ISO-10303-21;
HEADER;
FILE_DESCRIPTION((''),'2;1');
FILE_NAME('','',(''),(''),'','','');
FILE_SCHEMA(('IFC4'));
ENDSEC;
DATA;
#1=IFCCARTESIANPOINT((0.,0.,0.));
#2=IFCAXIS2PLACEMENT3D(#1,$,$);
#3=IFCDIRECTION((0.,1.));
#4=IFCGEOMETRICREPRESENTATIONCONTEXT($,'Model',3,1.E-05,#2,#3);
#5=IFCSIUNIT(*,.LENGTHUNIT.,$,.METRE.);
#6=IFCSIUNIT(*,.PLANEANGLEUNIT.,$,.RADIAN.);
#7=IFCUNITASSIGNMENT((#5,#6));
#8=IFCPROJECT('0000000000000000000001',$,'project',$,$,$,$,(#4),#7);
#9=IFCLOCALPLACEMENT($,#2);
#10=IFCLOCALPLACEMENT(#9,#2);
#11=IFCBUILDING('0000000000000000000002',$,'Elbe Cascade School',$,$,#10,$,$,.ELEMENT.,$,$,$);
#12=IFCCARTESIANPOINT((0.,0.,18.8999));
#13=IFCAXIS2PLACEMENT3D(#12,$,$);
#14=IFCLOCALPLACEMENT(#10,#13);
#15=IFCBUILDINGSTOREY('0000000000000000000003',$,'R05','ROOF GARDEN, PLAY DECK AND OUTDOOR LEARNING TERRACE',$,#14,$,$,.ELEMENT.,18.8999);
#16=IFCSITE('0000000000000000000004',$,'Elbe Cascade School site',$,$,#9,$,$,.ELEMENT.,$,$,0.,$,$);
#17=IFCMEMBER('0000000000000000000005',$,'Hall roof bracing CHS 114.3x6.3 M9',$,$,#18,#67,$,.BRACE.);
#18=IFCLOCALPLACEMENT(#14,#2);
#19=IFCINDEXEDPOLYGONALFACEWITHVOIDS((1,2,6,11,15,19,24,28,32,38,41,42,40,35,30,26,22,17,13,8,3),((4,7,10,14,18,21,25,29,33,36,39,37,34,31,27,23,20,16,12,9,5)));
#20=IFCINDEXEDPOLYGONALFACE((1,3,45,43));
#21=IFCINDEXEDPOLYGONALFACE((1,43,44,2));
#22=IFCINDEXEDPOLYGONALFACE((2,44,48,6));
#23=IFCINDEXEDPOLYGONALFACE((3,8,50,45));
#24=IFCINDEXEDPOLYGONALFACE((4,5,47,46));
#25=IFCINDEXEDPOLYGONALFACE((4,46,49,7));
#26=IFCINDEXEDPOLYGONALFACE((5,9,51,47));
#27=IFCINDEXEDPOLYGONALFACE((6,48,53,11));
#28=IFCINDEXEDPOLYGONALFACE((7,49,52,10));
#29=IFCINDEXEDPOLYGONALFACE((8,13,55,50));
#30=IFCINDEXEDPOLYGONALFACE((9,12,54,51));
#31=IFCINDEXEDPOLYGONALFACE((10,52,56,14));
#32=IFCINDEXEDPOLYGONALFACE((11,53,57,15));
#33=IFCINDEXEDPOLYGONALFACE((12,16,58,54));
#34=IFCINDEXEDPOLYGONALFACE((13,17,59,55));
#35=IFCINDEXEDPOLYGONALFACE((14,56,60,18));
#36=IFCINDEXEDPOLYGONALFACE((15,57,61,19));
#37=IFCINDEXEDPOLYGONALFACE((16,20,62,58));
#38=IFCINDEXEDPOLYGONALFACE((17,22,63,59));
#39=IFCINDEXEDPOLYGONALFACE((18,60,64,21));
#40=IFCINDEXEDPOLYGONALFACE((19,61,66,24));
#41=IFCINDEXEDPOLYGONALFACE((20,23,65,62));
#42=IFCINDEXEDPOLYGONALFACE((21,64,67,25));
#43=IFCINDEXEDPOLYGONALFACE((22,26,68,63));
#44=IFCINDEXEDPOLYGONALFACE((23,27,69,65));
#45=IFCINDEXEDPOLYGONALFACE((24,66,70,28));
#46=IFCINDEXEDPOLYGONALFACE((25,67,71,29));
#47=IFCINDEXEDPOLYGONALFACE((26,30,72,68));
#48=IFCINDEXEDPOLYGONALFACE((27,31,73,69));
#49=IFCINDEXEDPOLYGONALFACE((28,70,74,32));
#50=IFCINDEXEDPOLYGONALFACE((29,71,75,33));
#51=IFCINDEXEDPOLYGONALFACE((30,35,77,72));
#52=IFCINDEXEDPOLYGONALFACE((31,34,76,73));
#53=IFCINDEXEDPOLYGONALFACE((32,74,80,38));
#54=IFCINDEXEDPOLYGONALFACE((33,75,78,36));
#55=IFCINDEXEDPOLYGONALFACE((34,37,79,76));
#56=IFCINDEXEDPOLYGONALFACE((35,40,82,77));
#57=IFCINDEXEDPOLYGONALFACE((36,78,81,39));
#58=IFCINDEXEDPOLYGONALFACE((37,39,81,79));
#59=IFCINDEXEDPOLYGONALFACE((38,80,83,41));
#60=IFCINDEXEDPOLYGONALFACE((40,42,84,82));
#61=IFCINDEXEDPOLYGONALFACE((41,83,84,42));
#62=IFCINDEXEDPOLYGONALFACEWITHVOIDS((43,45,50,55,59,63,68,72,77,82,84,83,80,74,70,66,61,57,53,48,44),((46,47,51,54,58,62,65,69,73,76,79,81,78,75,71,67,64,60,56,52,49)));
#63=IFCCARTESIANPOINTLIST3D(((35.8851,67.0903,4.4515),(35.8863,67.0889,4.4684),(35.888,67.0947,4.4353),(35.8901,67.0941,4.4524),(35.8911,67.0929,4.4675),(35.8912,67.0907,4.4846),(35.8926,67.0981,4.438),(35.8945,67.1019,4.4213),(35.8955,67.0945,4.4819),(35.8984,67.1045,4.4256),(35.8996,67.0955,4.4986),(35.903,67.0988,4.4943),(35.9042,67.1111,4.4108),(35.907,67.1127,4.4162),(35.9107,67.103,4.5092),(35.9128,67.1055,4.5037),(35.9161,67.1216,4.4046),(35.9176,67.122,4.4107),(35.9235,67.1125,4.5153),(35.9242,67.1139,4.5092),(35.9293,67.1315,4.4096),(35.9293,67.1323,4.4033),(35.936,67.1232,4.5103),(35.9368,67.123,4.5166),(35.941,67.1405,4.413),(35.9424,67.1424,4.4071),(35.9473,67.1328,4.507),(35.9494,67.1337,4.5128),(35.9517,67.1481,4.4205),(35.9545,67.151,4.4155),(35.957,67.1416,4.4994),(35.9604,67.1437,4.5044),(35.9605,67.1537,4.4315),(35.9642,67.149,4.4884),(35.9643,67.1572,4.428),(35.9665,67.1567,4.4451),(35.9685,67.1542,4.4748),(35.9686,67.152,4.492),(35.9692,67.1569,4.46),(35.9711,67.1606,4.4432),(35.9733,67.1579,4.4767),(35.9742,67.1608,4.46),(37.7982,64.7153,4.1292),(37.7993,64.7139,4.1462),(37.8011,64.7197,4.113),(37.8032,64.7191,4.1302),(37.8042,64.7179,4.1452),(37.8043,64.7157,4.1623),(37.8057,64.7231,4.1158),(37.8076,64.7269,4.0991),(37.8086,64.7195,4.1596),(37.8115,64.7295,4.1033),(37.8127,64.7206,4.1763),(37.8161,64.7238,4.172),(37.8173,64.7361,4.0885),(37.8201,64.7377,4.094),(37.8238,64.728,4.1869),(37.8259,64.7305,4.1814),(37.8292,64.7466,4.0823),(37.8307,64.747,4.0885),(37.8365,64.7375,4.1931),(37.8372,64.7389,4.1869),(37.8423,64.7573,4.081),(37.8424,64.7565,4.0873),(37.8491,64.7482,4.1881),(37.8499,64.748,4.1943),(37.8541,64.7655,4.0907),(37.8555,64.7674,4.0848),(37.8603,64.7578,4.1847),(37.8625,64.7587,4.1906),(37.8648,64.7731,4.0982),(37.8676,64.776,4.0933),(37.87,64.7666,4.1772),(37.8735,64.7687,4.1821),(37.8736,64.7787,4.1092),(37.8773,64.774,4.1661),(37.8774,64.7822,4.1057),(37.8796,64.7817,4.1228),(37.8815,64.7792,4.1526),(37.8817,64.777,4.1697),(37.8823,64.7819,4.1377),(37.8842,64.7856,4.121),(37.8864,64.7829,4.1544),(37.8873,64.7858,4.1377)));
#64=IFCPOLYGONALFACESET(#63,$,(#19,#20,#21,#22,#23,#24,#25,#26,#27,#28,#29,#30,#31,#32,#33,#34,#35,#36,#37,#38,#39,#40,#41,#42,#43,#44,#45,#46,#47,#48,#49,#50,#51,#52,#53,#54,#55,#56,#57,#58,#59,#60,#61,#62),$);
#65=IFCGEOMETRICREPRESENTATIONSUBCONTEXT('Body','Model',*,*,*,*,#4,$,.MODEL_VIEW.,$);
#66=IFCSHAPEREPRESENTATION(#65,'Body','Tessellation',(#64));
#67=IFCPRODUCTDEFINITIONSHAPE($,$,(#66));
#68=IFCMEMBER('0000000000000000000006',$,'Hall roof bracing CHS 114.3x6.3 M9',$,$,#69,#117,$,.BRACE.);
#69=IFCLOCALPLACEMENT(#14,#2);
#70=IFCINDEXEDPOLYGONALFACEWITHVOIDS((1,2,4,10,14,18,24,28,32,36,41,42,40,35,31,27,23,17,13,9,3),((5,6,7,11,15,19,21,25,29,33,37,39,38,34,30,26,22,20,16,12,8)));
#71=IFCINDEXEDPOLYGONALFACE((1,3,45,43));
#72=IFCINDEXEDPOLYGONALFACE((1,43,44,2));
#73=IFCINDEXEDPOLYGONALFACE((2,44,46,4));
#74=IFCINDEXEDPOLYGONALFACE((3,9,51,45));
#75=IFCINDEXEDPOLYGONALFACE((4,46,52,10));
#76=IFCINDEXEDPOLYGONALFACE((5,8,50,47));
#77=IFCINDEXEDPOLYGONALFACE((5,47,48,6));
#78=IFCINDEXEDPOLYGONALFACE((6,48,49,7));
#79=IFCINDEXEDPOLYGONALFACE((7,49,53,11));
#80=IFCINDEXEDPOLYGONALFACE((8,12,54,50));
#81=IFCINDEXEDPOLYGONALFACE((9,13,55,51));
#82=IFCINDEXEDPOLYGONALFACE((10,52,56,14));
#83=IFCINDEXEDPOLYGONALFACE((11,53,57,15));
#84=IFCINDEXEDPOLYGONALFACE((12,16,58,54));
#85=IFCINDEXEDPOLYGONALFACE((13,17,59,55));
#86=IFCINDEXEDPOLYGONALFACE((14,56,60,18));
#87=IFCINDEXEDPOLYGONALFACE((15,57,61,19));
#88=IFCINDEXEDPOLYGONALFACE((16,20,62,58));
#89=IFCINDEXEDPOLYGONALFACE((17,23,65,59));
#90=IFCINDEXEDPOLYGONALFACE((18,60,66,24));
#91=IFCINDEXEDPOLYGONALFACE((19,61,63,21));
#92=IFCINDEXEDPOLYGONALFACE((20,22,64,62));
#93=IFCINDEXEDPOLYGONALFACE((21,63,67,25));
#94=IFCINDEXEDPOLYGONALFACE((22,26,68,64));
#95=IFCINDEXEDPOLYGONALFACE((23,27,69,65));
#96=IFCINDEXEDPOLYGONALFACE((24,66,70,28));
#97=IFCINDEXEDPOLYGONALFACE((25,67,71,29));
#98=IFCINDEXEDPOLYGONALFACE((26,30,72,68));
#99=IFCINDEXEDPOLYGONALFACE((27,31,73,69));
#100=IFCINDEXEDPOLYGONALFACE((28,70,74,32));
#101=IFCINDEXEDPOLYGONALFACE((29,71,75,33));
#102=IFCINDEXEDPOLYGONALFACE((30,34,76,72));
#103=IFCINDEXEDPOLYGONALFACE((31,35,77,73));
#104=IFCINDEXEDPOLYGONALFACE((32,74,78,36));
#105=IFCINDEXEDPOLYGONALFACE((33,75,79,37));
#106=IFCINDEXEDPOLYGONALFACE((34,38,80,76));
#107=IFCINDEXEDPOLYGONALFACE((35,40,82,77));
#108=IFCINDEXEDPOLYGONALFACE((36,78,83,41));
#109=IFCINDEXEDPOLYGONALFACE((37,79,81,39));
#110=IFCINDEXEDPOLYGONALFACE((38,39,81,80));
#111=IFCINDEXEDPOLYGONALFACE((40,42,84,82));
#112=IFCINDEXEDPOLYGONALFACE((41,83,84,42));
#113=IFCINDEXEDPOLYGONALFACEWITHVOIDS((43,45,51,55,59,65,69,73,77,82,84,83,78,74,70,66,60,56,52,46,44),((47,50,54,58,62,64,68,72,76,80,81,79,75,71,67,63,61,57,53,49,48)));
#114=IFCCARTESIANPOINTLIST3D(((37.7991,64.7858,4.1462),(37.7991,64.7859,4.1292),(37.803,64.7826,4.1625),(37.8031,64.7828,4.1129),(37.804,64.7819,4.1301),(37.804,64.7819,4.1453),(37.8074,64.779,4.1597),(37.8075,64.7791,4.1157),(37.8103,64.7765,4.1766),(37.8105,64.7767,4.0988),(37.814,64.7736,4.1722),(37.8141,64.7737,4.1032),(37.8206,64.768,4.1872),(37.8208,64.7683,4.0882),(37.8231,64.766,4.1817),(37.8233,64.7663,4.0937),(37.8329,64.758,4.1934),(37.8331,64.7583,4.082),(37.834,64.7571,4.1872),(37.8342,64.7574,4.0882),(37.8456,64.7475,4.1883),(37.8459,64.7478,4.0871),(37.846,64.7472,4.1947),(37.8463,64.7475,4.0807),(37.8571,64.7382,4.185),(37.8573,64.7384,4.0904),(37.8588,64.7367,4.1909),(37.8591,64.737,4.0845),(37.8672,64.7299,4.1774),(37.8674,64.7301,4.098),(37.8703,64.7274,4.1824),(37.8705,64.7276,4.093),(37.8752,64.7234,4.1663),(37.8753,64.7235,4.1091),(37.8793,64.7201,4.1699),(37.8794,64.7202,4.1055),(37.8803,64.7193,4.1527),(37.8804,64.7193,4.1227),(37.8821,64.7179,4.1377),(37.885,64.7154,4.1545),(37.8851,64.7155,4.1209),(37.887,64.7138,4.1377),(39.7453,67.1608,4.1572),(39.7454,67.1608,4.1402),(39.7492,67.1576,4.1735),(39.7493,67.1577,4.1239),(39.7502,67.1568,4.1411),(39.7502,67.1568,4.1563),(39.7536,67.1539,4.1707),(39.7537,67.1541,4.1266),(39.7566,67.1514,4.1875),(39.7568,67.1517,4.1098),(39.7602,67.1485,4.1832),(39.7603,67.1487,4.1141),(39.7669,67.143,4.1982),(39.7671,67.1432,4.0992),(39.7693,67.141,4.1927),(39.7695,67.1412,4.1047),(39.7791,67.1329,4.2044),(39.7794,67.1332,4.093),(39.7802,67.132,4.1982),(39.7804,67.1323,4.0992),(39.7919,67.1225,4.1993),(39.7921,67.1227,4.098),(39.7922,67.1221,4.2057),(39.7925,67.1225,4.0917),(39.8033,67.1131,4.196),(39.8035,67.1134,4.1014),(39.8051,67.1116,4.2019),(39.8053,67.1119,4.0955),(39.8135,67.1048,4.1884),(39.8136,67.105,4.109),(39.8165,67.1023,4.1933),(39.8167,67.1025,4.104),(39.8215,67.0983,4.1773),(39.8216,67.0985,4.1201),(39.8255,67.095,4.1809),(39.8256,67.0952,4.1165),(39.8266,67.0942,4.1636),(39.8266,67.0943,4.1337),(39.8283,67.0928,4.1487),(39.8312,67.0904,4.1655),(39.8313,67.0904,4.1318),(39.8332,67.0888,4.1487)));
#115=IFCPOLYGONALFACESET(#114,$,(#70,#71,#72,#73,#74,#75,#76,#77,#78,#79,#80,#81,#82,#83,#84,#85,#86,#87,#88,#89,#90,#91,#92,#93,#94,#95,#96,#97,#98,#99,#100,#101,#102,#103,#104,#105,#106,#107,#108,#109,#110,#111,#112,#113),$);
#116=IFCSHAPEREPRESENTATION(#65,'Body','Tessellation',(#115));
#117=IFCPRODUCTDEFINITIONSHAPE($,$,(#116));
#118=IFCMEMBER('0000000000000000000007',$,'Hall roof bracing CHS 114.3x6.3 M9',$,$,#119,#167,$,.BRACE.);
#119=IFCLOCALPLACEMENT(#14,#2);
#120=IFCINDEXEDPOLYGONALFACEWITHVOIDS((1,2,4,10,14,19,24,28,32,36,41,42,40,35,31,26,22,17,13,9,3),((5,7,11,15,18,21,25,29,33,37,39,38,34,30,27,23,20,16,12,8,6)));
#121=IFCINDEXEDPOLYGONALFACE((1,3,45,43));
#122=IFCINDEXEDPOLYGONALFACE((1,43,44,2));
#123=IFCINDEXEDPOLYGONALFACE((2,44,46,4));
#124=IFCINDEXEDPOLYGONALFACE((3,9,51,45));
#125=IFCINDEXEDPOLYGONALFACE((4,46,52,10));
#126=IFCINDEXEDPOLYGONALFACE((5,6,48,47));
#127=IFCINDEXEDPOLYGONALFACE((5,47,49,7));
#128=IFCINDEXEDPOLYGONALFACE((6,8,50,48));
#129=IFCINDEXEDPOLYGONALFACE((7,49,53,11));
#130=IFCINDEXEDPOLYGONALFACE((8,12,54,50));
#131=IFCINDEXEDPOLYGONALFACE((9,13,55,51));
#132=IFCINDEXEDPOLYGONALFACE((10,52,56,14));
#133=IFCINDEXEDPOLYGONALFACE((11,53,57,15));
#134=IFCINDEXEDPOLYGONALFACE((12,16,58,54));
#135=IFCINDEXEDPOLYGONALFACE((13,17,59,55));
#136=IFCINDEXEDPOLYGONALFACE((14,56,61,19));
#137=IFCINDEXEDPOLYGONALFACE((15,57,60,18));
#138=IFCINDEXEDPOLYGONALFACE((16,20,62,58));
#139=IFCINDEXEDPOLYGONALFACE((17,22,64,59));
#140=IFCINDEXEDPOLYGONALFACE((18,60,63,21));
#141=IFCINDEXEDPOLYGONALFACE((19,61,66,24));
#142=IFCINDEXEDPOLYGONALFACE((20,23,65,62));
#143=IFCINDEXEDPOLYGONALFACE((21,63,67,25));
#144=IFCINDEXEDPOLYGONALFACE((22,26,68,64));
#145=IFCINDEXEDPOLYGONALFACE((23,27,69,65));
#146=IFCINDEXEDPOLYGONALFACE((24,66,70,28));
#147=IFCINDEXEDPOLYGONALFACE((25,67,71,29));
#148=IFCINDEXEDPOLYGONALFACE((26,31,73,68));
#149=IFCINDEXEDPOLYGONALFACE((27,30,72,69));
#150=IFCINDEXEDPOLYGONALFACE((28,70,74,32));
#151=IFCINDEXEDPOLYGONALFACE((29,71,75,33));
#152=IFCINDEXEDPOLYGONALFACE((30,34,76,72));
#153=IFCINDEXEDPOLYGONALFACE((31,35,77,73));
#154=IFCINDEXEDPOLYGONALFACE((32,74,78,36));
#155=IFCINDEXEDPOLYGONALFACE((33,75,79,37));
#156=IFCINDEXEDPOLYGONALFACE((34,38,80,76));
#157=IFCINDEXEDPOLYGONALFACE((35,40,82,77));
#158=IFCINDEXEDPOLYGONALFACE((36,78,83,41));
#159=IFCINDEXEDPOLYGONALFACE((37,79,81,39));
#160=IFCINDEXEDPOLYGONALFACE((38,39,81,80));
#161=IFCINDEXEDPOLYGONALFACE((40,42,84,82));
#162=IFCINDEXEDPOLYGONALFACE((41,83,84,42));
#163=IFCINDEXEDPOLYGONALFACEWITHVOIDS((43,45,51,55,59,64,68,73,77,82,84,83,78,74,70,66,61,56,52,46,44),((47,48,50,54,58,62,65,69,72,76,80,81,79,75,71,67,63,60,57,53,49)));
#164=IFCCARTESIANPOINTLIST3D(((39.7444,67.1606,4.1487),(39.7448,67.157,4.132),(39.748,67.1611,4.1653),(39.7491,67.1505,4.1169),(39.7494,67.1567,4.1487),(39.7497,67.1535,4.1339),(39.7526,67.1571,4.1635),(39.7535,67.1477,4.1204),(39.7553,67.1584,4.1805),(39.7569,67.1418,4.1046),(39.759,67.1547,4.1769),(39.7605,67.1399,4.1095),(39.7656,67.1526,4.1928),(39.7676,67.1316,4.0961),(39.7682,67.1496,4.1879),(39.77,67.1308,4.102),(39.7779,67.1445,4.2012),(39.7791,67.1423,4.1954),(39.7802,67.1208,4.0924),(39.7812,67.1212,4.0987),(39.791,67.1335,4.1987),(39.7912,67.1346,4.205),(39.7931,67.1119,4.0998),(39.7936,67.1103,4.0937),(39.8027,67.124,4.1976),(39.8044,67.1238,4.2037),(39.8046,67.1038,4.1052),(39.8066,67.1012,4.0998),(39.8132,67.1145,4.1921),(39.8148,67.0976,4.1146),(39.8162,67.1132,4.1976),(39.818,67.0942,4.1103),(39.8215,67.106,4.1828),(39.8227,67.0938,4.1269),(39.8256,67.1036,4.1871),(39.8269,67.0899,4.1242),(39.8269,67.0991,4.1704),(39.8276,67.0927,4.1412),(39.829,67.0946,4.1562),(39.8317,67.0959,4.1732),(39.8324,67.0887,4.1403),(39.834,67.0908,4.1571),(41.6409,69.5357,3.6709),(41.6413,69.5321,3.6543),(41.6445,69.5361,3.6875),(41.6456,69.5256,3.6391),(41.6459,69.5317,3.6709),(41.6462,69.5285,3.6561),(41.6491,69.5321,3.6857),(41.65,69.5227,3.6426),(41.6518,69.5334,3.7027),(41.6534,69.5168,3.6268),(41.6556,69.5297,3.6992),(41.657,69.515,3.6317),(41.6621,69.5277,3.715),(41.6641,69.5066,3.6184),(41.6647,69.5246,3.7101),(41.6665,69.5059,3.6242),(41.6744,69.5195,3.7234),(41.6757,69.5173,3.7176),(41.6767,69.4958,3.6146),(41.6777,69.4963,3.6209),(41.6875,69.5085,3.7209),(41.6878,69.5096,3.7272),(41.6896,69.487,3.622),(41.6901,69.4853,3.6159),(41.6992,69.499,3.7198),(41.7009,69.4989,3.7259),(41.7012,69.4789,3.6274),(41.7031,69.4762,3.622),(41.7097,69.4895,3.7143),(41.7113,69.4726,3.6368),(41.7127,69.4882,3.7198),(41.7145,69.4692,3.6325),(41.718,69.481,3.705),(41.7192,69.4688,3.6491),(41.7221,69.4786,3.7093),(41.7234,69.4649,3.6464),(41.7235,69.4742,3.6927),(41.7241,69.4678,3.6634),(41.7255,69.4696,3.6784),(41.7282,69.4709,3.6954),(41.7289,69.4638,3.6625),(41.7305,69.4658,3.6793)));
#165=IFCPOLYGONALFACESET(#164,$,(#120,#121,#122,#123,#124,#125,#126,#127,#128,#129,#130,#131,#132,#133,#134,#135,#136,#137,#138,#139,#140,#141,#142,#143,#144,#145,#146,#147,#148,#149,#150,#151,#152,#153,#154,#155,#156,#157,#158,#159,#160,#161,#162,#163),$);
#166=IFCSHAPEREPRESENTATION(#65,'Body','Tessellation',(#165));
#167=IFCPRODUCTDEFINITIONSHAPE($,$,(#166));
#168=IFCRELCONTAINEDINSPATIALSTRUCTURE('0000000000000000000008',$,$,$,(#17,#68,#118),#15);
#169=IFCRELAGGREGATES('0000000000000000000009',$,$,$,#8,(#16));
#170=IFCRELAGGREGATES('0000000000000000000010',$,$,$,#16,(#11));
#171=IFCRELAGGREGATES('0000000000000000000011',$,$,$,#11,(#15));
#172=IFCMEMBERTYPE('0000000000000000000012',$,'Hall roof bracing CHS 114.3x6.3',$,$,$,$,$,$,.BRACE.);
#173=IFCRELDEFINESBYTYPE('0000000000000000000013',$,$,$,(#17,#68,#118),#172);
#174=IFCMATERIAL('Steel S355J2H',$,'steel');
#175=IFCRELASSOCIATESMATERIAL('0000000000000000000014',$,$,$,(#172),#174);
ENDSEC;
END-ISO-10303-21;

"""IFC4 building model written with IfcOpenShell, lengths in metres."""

from ifc_helpers import new_model, si_unit, direction, frame, origin, origin_2d, place, context, subcontext, project, spatial, hollow_circle, extrude, material, material_profile, profile_set, type_object, element, save


model = new_model("IFC4")

# Units and contexts
model_context = context("Model", 3, precision=1e-05, world=origin(), true_north=direction((0.0, 1.0)))
body_context = subcontext(model_context, "Body", "Model", "MODEL_VIEW")
ifc_project = project(units=[si_unit("LENGTHUNIT", "METRE"), si_unit("PLANEANGLEUNIT", "RADIAN")], contexts=[model_context])

# Site, building, storey
site_placement = place(None, origin())
site = spatial("IfcSite", under=ifc_project, at=site_placement, Name="Elbe Cascade School site", CompositionType="ELEMENT", RefElevation=0.0)
building_placement = place(site_placement, origin())
building = spatial("IfcBuilding", under=site, at=building_placement, Name="Elbe Cascade School", CompositionType="ELEMENT")
storey_placement = place(building_placement, frame((0.0, 0.0, 18.8999)))
storey = spatial("IfcBuildingStorey", under=building, at=storey_placement, Name="R05", Description="ROOF GARDEN, PLAY DECK AND OUTDOOR LEARNING TERRACE", CompositionType="ELEMENT", Elevation=18.8999)

# Members
ifc_material_1 = material(Name="Steel S355J2H", Category="steel")
ifc_material_profile_1 = material_profile(ifc_material_1, hollow_circle(Radius=0.0571, WallThickness=0.0063, at=origin_2d()), Name="CHS 114.3x6.3")
ifc_profile_set_1 = profile_set([ifc_material_profile_1], Name="Steel S355J2H")
member_type_1 = type_object("IfcMemberType", Name="Hall roof bracing CHS 114.3x6.3", PredefinedType="BRACE", material=ifc_profile_set_1)
member_1_placement = place(storey_placement, frame((35.9297, 67.125, 4.46), z_axis=(0.623835, -0.774459, -0.105087), x_axis=(0.778771, 0.627308, 0.0)))
element("IfcMember", 1, at=member_1_placement, inside=storey, type_object=member_type_1, Name="Hall roof bracing CHS 114.3x6.3 M9", PredefinedType="BRACE", context=body_context, shape_type="SweptSolid", body=[
    extrude(hollow_circle(Radius=0.0571, WallThickness=0.0063, at=origin_2d()), origin(), (0.0, 0.0, 1.0), 3.0667),
])
member_2_placement = place(storey_placement, frame((39.7891, 67.125, 4.1487), z_axis=(-0.63384, -0.773456, -0.003578), x_axis=(0.773461, -0.633844, 0.0)))
element("IfcMember", 2, at=member_2_placement, inside=storey, type_object=member_type_1, Name="Hall roof bracing CHS 114.3x6.3 M9", PredefinedType="BRACE", context=body_context, shape_type="SweptSolid", body=[
    extrude(hollow_circle(Radius=0.0571, WallThickness=0.0063, at=origin_2d()), origin(), (0.0, 0.0, 1.0), 3.0706),
])
member_3_placement = place(storey_placement, frame((39.7891, 67.125, 4.1487), z_axis=(0.616419, 0.771952, -0.155295), x_axis=(-0.781433, 0.623989, 0.0)))
element("IfcMember", 3, at=member_3_placement, inside=storey, type_object=member_type_1, Name="Hall roof bracing CHS 114.3x6.3 M9", PredefinedType="BRACE", context=body_context, shape_type="SweptSolid", body=[
    extrude(hollow_circle(Radius=0.0571, WallThickness=0.0063, at=origin_2d()), origin(), (0.0, 0.0, 1.0), 3.0767),
])

save(model, "model.ifc")
